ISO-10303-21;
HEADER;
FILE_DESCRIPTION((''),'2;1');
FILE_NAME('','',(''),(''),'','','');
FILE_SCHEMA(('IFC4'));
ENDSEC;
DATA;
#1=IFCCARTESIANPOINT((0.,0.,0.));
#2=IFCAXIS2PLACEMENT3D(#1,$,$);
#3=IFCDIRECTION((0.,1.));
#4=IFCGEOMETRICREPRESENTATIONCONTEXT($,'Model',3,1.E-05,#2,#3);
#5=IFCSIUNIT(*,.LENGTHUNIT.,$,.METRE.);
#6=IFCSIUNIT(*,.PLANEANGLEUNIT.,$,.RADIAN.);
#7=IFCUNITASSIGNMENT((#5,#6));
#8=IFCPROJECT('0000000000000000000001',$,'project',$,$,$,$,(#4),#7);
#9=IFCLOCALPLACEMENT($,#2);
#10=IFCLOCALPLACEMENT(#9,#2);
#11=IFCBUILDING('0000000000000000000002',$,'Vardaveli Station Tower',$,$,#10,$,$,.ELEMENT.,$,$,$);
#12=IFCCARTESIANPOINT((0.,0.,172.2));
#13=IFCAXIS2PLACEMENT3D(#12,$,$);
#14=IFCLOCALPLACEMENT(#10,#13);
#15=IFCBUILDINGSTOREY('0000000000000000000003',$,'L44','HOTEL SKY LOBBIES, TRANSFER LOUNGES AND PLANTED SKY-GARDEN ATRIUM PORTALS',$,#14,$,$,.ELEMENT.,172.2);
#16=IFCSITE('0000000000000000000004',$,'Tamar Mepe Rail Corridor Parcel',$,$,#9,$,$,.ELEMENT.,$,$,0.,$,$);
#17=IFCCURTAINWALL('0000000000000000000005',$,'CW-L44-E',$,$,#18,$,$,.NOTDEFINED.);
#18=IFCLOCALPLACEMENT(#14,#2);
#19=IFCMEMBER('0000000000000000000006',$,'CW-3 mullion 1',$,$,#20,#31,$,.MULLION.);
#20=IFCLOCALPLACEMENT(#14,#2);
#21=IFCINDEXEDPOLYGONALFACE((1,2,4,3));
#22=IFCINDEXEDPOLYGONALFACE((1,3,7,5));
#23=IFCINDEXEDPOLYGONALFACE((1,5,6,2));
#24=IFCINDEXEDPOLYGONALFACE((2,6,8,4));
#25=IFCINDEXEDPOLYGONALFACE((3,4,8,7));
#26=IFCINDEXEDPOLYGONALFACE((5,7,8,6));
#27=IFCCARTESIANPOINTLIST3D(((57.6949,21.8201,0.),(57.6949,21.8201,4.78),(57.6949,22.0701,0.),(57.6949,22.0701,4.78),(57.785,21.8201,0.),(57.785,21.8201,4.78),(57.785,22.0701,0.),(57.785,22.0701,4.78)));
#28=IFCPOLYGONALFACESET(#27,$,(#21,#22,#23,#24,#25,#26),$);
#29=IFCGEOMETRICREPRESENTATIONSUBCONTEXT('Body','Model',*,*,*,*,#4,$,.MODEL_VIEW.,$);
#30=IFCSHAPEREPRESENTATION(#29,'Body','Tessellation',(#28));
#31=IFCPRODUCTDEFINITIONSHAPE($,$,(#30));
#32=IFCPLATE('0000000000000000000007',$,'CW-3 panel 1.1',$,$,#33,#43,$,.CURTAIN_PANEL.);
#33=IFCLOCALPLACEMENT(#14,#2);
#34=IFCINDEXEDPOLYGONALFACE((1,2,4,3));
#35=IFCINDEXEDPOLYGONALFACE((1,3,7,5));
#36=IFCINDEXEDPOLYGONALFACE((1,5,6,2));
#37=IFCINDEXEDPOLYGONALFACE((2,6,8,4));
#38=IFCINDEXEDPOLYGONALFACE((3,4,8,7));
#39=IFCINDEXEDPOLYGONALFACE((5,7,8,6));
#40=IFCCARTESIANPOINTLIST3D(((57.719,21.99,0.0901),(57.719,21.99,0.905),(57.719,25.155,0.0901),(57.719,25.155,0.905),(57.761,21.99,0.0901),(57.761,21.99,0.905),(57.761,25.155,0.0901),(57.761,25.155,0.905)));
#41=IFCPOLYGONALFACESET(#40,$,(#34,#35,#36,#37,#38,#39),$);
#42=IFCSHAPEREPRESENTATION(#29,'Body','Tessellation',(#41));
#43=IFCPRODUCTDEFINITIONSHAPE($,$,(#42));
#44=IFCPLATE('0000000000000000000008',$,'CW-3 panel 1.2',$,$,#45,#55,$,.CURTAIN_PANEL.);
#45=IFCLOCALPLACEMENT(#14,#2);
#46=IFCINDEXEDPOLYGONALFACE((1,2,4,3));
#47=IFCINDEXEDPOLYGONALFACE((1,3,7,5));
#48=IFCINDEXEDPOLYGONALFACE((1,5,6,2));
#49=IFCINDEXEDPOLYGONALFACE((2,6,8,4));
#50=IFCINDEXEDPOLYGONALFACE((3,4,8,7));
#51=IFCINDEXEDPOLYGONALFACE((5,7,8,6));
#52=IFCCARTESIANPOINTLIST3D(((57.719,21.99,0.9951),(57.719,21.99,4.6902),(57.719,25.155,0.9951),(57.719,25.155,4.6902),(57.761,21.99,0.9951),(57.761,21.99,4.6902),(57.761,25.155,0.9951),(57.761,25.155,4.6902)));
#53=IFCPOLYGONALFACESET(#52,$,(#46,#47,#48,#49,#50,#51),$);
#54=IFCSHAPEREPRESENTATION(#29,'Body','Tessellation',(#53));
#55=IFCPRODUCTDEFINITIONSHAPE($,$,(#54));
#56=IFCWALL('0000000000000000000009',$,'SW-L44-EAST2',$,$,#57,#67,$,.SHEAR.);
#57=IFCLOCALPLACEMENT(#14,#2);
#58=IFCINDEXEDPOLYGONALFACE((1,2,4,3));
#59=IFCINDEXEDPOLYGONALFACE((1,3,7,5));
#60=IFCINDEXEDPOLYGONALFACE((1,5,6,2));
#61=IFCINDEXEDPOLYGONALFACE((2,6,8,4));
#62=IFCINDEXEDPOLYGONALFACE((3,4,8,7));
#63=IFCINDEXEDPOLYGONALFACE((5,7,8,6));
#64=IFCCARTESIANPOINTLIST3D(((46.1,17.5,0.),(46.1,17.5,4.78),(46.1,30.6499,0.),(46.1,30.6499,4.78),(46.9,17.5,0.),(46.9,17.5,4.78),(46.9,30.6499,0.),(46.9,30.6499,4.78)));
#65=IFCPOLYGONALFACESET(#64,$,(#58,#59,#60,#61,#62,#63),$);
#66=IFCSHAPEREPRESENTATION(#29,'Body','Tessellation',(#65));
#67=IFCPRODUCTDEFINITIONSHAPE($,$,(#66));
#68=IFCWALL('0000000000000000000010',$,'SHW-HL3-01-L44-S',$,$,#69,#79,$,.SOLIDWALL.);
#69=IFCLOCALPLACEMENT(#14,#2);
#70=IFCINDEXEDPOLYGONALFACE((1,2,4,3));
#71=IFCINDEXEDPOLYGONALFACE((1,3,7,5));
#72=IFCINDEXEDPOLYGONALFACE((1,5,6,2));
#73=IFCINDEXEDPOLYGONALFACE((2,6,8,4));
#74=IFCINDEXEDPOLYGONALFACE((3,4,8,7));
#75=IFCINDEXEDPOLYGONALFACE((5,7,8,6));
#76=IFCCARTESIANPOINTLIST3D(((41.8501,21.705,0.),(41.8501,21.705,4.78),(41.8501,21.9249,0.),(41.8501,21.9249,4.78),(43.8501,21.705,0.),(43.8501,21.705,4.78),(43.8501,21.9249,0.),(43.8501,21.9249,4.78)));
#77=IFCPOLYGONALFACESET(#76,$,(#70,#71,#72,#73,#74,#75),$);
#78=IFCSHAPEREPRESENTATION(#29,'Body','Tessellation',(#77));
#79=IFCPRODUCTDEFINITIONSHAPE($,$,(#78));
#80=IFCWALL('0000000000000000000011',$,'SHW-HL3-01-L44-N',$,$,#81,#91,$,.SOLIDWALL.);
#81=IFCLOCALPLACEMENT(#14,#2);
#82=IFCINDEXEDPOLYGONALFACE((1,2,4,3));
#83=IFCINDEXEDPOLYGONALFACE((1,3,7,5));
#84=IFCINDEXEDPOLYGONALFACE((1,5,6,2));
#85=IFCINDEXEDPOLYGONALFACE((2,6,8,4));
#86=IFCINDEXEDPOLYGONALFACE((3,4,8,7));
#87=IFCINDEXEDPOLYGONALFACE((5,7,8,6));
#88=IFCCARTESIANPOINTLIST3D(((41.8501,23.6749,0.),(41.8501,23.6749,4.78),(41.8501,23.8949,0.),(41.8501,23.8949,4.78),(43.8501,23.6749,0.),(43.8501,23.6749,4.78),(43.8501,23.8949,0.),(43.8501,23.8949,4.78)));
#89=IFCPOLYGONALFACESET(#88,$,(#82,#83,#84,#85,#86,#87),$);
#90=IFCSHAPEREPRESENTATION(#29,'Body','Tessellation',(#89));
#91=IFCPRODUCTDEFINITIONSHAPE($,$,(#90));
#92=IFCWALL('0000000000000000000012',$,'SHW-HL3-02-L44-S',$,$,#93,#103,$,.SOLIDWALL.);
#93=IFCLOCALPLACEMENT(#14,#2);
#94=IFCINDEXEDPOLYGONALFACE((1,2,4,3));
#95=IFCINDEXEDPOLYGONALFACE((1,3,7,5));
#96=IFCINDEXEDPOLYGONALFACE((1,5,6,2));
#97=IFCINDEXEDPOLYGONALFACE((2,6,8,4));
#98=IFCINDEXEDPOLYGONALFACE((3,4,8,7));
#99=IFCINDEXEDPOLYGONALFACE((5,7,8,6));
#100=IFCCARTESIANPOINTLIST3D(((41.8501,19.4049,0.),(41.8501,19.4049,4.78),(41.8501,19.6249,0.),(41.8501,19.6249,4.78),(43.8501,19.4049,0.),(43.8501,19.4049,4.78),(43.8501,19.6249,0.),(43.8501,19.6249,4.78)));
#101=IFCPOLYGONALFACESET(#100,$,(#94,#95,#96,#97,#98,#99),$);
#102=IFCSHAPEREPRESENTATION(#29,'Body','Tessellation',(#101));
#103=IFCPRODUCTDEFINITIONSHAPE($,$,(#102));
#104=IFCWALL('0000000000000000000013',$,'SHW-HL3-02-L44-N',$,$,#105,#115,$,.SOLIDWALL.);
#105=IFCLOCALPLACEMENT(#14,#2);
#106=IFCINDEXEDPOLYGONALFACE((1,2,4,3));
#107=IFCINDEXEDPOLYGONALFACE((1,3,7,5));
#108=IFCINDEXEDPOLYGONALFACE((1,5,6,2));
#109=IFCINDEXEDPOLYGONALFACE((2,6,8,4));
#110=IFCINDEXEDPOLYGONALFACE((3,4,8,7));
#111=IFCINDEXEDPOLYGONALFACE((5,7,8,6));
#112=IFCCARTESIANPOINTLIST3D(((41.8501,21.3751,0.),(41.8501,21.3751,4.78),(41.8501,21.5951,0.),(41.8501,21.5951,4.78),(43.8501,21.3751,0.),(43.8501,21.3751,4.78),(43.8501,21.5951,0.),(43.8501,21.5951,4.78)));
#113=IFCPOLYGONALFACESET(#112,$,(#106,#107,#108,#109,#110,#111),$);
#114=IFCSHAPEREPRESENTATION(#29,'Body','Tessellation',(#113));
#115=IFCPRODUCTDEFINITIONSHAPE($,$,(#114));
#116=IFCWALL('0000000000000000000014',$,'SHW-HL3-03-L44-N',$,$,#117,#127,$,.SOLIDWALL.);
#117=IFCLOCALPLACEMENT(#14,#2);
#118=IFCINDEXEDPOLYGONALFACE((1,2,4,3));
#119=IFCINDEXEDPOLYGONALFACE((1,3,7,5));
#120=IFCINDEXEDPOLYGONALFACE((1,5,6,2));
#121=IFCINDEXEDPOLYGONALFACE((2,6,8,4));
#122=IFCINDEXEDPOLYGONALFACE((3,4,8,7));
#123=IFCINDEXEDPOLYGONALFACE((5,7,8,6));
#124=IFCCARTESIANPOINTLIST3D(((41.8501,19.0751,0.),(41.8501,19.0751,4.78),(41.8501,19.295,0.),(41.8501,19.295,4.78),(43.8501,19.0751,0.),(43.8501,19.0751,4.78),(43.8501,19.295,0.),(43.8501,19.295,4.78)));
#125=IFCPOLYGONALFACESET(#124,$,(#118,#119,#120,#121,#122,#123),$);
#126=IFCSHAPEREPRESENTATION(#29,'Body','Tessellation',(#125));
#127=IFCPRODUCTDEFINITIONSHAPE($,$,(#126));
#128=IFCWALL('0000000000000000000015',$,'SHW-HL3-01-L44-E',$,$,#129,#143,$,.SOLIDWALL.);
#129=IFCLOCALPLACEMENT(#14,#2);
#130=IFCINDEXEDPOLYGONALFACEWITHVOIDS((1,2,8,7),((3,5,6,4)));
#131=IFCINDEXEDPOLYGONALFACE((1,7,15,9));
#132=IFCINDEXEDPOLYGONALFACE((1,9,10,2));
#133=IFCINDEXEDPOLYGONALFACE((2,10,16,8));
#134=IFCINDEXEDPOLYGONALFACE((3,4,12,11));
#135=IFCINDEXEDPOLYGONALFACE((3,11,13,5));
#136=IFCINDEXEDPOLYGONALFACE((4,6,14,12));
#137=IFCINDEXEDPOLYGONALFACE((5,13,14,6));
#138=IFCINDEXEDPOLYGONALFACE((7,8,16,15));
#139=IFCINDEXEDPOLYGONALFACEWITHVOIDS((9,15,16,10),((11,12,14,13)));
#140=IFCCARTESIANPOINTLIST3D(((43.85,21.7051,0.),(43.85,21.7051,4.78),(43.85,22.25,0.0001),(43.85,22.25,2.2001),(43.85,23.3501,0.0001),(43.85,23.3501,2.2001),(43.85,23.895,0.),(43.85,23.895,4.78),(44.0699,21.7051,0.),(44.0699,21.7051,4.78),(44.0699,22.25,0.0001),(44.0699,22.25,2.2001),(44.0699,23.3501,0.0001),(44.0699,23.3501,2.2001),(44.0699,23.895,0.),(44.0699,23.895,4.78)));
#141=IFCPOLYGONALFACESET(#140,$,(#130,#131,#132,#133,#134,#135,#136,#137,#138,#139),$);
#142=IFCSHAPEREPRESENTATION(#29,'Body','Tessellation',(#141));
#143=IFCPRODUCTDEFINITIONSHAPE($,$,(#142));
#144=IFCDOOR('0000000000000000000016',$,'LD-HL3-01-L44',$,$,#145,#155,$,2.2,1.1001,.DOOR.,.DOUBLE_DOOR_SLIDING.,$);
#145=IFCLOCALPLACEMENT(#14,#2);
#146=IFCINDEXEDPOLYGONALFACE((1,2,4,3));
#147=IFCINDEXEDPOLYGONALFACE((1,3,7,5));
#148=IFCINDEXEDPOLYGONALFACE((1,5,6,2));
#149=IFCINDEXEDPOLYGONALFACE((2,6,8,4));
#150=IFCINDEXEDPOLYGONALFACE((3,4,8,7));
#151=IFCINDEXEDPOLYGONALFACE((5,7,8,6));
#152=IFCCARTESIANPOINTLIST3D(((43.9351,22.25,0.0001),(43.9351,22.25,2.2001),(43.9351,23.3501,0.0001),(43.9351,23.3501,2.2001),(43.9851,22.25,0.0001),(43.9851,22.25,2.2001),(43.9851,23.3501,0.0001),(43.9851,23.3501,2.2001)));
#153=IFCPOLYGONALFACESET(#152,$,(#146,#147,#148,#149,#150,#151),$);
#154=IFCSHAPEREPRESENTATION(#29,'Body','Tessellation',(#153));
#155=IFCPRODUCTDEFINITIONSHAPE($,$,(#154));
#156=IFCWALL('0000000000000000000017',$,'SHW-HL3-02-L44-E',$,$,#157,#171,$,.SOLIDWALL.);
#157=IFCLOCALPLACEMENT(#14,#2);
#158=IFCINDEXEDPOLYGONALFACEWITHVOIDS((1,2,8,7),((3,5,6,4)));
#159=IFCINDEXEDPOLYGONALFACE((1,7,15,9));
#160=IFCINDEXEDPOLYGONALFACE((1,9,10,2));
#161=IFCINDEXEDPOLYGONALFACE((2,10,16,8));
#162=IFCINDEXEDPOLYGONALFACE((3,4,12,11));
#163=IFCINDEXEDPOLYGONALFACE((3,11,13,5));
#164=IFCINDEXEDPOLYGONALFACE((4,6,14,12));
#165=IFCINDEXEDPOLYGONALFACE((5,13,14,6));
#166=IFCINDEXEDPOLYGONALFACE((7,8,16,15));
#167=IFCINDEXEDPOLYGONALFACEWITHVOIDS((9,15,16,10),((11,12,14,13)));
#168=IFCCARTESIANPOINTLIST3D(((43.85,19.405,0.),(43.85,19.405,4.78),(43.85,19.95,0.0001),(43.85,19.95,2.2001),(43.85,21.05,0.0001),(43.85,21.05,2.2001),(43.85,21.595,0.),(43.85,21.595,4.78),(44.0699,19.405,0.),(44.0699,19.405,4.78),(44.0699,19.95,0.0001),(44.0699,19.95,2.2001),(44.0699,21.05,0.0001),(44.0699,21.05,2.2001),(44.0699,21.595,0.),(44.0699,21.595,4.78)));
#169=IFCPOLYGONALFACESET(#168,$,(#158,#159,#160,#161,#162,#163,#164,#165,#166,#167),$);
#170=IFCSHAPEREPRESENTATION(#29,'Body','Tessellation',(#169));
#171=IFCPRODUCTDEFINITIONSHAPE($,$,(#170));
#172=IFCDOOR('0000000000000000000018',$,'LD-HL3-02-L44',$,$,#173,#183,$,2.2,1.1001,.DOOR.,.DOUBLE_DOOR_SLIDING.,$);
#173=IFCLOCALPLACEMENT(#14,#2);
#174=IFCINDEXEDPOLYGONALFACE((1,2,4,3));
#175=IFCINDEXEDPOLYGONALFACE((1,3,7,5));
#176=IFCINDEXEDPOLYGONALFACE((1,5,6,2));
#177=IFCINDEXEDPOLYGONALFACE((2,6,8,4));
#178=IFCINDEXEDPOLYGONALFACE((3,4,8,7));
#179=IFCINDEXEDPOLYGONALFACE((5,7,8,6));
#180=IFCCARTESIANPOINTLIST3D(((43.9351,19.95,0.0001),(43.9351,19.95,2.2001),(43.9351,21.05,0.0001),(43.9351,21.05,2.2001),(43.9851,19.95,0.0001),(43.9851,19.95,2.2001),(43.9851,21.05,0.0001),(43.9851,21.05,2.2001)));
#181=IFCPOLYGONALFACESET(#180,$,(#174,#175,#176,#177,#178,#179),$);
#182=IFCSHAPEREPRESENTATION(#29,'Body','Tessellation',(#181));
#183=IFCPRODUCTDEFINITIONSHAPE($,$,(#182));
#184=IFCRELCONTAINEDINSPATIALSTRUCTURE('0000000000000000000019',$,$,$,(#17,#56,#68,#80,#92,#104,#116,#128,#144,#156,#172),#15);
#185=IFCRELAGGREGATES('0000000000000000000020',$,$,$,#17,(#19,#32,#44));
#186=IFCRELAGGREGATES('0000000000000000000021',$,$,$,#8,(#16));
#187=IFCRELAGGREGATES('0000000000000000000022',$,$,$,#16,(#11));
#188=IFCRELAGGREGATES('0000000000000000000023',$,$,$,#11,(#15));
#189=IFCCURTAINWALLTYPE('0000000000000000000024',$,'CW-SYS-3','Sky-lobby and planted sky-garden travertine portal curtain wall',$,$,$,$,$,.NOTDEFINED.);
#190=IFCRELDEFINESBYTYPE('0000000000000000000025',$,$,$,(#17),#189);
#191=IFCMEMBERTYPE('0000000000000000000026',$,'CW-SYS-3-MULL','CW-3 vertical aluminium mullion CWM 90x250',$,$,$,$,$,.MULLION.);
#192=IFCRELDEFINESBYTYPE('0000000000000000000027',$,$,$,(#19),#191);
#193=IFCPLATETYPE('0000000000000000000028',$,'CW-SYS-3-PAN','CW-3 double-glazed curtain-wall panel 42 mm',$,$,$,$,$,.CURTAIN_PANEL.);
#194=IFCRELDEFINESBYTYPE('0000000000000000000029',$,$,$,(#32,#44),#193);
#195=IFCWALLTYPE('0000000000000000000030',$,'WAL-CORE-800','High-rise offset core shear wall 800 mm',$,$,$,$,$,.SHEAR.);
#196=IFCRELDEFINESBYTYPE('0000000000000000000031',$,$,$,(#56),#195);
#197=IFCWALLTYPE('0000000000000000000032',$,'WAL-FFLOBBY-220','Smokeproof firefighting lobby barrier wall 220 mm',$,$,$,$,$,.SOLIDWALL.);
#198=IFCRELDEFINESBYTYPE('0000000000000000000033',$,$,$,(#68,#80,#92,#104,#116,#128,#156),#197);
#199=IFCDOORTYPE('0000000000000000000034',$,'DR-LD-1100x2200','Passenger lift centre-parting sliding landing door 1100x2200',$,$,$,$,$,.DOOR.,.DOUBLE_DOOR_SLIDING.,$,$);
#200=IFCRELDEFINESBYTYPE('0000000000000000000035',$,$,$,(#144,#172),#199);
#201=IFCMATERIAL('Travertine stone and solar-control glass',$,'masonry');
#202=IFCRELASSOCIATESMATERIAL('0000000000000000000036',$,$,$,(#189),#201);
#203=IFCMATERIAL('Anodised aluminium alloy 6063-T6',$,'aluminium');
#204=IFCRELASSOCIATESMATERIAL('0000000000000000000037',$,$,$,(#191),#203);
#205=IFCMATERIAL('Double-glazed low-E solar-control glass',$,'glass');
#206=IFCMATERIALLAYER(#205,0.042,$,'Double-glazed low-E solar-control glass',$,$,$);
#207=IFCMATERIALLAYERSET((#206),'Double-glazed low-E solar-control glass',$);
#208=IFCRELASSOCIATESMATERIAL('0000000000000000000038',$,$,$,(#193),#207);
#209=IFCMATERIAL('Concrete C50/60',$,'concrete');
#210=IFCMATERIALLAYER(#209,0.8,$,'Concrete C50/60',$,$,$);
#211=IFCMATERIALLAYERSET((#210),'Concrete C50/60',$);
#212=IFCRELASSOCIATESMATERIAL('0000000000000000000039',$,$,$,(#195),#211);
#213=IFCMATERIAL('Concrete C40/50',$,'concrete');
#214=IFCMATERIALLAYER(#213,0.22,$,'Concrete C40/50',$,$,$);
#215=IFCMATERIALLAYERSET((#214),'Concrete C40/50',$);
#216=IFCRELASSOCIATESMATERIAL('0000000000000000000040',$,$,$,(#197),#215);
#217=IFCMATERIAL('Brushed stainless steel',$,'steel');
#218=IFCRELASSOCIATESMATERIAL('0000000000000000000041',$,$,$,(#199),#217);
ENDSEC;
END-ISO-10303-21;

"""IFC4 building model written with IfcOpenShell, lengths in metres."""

from ifc_helpers import new_model, si_unit, direction, frame, frame_2d, origin, origin_2d, place, context, subcontext, project, spatial, rectangle, extrude, source, transform, mapped, material, layer, layer_set, material_profile, profile_set, type_object, element, fill, aggregate, save


model = new_model("IFC4")

# Units and contexts
model_context = context("Model", 3, precision=1e-05, world=origin(), true_north=direction((0.0, 1.0)))
body_context = subcontext(model_context, "Body", "Model", "MODEL_VIEW")
ifc_project = project(units=[si_unit("LENGTHUNIT", "METRE"), si_unit("PLANEANGLEUNIT", "RADIAN")], contexts=[model_context])

# Site, building, storey
site_placement = place(None, origin())
site = spatial("IfcSite", under=ifc_project, at=site_placement, Name="Tamar Mepe Rail Corridor Parcel", CompositionType="ELEMENT", RefElevation=0.0)
building_placement = place(site_placement, origin())
building = spatial("IfcBuilding", under=site, at=building_placement, Name="Vardaveli Station Tower", CompositionType="ELEMENT")
storey_placement = place(building_placement, frame((0.0, 0.0, 172.2)))
storey = spatial("IfcBuildingStorey", under=building, at=storey_placement, Name="L44", Description="HOTEL SKY LOBBIES, TRANSFER LOUNGES AND PLANTED SKY-GARDEN ATRIUM PORTALS", CompositionType="ELEMENT", Elevation=172.2)

# Curtain wall, member, plates
ifc_material_1 = material(Name="Travertine stone and solar-control glass", Category="masonry")
curtain_wall_type = type_object("IfcCurtainWallType", Name="CW-SYS-3", Description="Sky-lobby and planted sky-garden travertine portal curtain wall", PredefinedType="NOTDEFINED", material=ifc_material_1)
curtain_wall_placement = place(storey_placement, origin())
curtain_wall = element("IfcCurtainWall", 1, at=curtain_wall_placement, inside=storey, type_object=curtain_wall_type, Name="CW-L44-E", PredefinedType="NOTDEFINED")
ifc_material_2 = material(Name="Anodised aluminium alloy 6063-T6", Category="aluminium")
ifc_material_profile_1 = material_profile(ifc_material_2, rectangle(XDim=0.0901, YDim=0.25, at=origin_2d()), Name="CWM 90x250")
ifc_profile_set_1 = profile_set([ifc_material_profile_1], Name="Anodised aluminium alloy 6063-T6")
member_type_1 = type_object("IfcMemberType", Name="CW-SYS-3-MULL", Description="CW-3 vertical aluminium mullion CWM 90x250", PredefinedType="MULLION", material=ifc_profile_set_1)
shared_shape_1 = source(origin(), body_context, "Body", "SweptSolid", [
    extrude(rectangle(XDim=0.0901, YDim=0.25, at=origin_2d()), origin(), (0.0, 0.0, 1.0), 4.78),
])
member_1_placement = place(storey_placement, frame((57.74, 21.9451, 0.0), z_axis=(0.0, 0.0, 1.0), x_axis=(-1.0, 0.0, 0.0)))
member_1 = element("IfcMember", 2, at=member_1_placement, type_object=member_type_1, Name="CW-3 mullion 1", PredefinedType="MULLION", context=body_context, shape_type="MappedRepresentation", body=[
    mapped(shared_shape_1, transform((0.0, 0.0, 0.0), scale=1.0)),
])
ifc_material_3 = material(Name="Double-glazed low-E solar-control glass", Category="glass")
ifc_layer_1 = layer(ifc_material_3, 0.042, Name="Double-glazed low-E solar-control glass")
ifc_layer_set_1 = layer_set([ifc_layer_1], Name="Double-glazed low-E solar-control glass")
plate_type = type_object("IfcPlateType", Name="CW-SYS-3-PAN", Description="CW-3 double-glazed curtain-wall panel 42 mm", PredefinedType="CURTAIN_PANEL", material=ifc_layer_set_1)
shared_shape_2 = source(origin(), body_context, "Body", "SweptSolid", [
    extrude(rectangle(XDim=3.165, YDim=0.042, at=origin_2d()), origin(), (0.0, 0.0, 1.0), 0.8149),
])
plate_1_placement = place(storey_placement, frame((57.74, 23.5725, 0.0901), z_axis=(0.0, 0.0, 1.0), x_axis=(0.0, 1.0, 0.0)))
plate_1 = element("IfcPlate", 3, at=plate_1_placement, type_object=plate_type, Name="CW-3 panel 1.1", PredefinedType="CURTAIN_PANEL", context=body_context, shape_type="MappedRepresentation", body=[
    mapped(shared_shape_2, transform((0.0, 0.0, 0.0), scale=1.0)),
])
shared_shape_3 = source(origin(), body_context, "Body", "SweptSolid", [
    extrude(rectangle(XDim=3.165, YDim=0.042, at=origin_2d()), origin(), (0.0, 0.0, 1.0), 3.6951),
])
plate_2_placement = place(storey_placement, frame((57.74, 23.5725, 0.9951), z_axis=(0.0, 0.0, 1.0), x_axis=(0.0, 1.0, 0.0)))
plate_2 = element("IfcPlate", 4, at=plate_2_placement, type_object=plate_type, Name="CW-3 panel 1.2", PredefinedType="CURTAIN_PANEL", context=body_context, shape_type="MappedRepresentation", body=[
    mapped(shared_shape_3, transform((0.0, 0.0, 0.0), scale=1.0)),
])
aggregate(curtain_wall, [member_1, plate_1, plate_2])

# Walls
ifc_material_4 = material(Name="Concrete C50/60", Category="concrete")
ifc_layer_2 = layer(ifc_material_4, 0.8, Name="Concrete C50/60")
ifc_layer_set_2 = layer_set([ifc_layer_2], Name="Concrete C50/60")
wall_type_1 = type_object("IfcWallType", Name="WAL-CORE-800", Description="High-rise offset core shear wall 800 mm", PredefinedType="SHEAR", material=ifc_layer_set_2)
shared_shape_4 = source(origin(), body_context, "Body", "SweptSolid", [
    extrude(rectangle(XDim=13.1499, YDim=0.8, at=frame_2d((6.575, 0.0))), origin(), (0.0, 0.0, 1.0), 4.78),
])
wall_1_placement = place(storey_placement, frame((46.5, 17.5, 0.0), z_axis=(0.0, 0.0, 1.0), x_axis=(0.0, 1.0, 0.0)))
element("IfcWall", 5, at=wall_1_placement, inside=storey, type_object=wall_type_1, Name="SW-L44-EAST2", PredefinedType="SHEAR", context=body_context, shape_type="MappedRepresentation", body=[
    mapped(shared_shape_4, transform((0.0, 0.0, 0.0), scale=1.0)),
])
ifc_material_5 = material(Name="Concrete C40/50", Category="concrete")
ifc_layer_3 = layer(ifc_material_5, 0.22, Name="Concrete C40/50")
ifc_layer_set_3 = layer_set([ifc_layer_3], Name="Concrete C40/50")
wall_type_2 = type_object("IfcWallType", Name="WAL-FFLOBBY-220", Description="Smokeproof firefighting lobby barrier wall 220 mm", PredefinedType="SOLIDWALL", material=ifc_layer_set_3)
shared_shape_5 = source(origin(), body_context, "Body", "SweptSolid", [
    extrude(rectangle(XDim=2.0, YDim=0.22, at=frame_2d((1.0, 0.0))), origin(), (0.0, 0.0, 1.0), 4.78),
])
for number, where, z_axis, x_axis, name in (
    (6, (41.8501, 21.8149, 0.0), (0.0, 0.0, 1.0), (1.0, 0.0, 0.0), "SHW-HL3-01-L44-S"),
    (7, (41.8501, 23.7849, 0.0), (0.0, 0.0, 1.0), (1.0, 0.0, 0.0), "SHW-HL3-01-L44-N"),
    (8, (41.8501, 19.5149, 0.0), (0.0, 0.0, 1.0), (1.0, 0.0, 0.0), "SHW-HL3-02-L44-S"),
    (9, (41.8501, 21.4851, 0.0), (0.0, 0.0, 1.0), (1.0, 0.0, 0.0), "SHW-HL3-02-L44-N"),
    (10, (41.8501, 19.1851, 0.0), (0.0, 0.0, 1.0), (1.0, 0.0, 0.0), "SHW-HL3-03-L44-N"),
):
    element("IfcWall", number, at=place(storey_placement, frame(where, z_axis=z_axis, x_axis=x_axis)), inside=storey, type_object=wall_type_2, Name=name, PredefinedType="SOLIDWALL", context=body_context, shape_type="MappedRepresentation", body=[
        mapped(shared_shape_5, transform((0.0, 0.0, 0.0), scale=1.0)),
    ])

# Walls, openings, doors
shared_shape_6 = source(origin(), body_context, "Body", "SweptSolid", [
    extrude(rectangle(XDim=2.1899, YDim=0.22, at=frame_2d((1.095, 0.0))), origin(), (0.0, 0.0, 1.0), 4.78),
])
wall_2_placement = place(storey_placement, frame((43.96, 21.7051, 0.0), z_axis=(0.0, 0.0, 1.0), x_axis=(0.0, 1.0, 0.0)))
wall_2 = element("IfcWall", 11, at=wall_2_placement, inside=storey, type_object=wall_type_2, Name="SHW-HL3-01-L44-E", PredefinedType="SOLIDWALL", context=body_context, shape_type="MappedRepresentation", body=[
    mapped(shared_shape_6, transform((0.0, 0.0, 0.0), scale=1.0)),
])
shared_shape_7 = source(origin(), body_context, "Body", "SweptSolid", [
    extrude(rectangle(XDim=1.1001, YDim=2.2, at=frame_2d((0.55, 1.1001))), frame((0.0, 0.1201, 0.0), z_axis=(0.0, -1.0, 0.0), x_axis=(1.0, 0.0, 0.0)), (0.0, 0.0, 1.0), 0.24),
])
opening_1_placement = place(wall_2_placement, frame((0.5449, 0.0, 0.0)))
opening_1 = element("IfcOpeningElement", 12, at=opening_1_placement, cuts=wall_2, PredefinedType="OPENING", context=body_context, shape_type="MappedRepresentation", body=[
    mapped(shared_shape_7, transform((0.0, 0.0, 0.0), scale=1.0)),
])
ifc_material_6 = material(Name="Brushed stainless steel", Category="steel")
door_type = type_object("IfcDoorType", Name="DR-LD-1100x2200", Description="Passenger lift centre-parting sliding landing door 1100x2200", OperationType="DOUBLE_DOOR_SLIDING", PredefinedType="DOOR", material=ifc_material_6)
shared_shape_8 = source(origin(), body_context, "Body", "SweptSolid", [
    extrude(rectangle(XDim=1.1001, YDim=2.2, at=frame_2d((0.55, 1.1001))), frame((0.0, 0.0249, 0.0), z_axis=(0.0, -1.0, 0.0), x_axis=(1.0, 0.0, 0.0)), (0.0, 0.0, 1.0), 0.05),
])
door_1_placement = place(opening_1_placement, origin())
door_1 = element("IfcDoor", 13, at=door_1_placement, inside=storey, type_object=door_type, Name="LD-HL3-01-L44", OperationType="DOUBLE_DOOR_SLIDING", OverallHeight=2.2, OverallWidth=1.1001, PredefinedType="DOOR", context=body_context, shape_type="MappedRepresentation", body=[
    mapped(shared_shape_8, transform((0.0, 0.0, 0.0), scale=1.0)),
])
fill(opening_1, door_1)
wall_3_placement = place(storey_placement, frame((43.96, 19.405, 0.0), z_axis=(0.0, 0.0, 1.0), x_axis=(0.0, 1.0, 0.0)))
wall_3 = element("IfcWall", 14, at=wall_3_placement, inside=storey, type_object=wall_type_2, Name="SHW-HL3-02-L44-E", PredefinedType="SOLIDWALL", context=body_context, shape_type="MappedRepresentation", body=[
    mapped(shared_shape_6, transform((0.0, 0.0, 0.0), scale=1.0)),
])
opening_2_placement = place(wall_3_placement, frame((0.5449, 0.0, 0.0)))
opening_2 = element("IfcOpeningElement", 15, at=opening_2_placement, cuts=wall_3, PredefinedType="OPENING", context=body_context, shape_type="MappedRepresentation", body=[
    mapped(shared_shape_7, transform((0.0, 0.0, 0.0), scale=1.0)),
])
door_2_placement = place(opening_2_placement, origin())
door_2 = element("IfcDoor", 16, at=door_2_placement, inside=storey, type_object=door_type, Name="LD-HL3-02-L44", OperationType="DOUBLE_DOOR_SLIDING", OverallHeight=2.2, OverallWidth=1.1001, PredefinedType="DOOR", context=body_context, shape_type="MappedRepresentation", body=[
    mapped(shared_shape_8, transform((0.0, 0.0, 0.0), scale=1.0)),
])
fill(opening_2, door_2)

save(model, "model.ifc")
